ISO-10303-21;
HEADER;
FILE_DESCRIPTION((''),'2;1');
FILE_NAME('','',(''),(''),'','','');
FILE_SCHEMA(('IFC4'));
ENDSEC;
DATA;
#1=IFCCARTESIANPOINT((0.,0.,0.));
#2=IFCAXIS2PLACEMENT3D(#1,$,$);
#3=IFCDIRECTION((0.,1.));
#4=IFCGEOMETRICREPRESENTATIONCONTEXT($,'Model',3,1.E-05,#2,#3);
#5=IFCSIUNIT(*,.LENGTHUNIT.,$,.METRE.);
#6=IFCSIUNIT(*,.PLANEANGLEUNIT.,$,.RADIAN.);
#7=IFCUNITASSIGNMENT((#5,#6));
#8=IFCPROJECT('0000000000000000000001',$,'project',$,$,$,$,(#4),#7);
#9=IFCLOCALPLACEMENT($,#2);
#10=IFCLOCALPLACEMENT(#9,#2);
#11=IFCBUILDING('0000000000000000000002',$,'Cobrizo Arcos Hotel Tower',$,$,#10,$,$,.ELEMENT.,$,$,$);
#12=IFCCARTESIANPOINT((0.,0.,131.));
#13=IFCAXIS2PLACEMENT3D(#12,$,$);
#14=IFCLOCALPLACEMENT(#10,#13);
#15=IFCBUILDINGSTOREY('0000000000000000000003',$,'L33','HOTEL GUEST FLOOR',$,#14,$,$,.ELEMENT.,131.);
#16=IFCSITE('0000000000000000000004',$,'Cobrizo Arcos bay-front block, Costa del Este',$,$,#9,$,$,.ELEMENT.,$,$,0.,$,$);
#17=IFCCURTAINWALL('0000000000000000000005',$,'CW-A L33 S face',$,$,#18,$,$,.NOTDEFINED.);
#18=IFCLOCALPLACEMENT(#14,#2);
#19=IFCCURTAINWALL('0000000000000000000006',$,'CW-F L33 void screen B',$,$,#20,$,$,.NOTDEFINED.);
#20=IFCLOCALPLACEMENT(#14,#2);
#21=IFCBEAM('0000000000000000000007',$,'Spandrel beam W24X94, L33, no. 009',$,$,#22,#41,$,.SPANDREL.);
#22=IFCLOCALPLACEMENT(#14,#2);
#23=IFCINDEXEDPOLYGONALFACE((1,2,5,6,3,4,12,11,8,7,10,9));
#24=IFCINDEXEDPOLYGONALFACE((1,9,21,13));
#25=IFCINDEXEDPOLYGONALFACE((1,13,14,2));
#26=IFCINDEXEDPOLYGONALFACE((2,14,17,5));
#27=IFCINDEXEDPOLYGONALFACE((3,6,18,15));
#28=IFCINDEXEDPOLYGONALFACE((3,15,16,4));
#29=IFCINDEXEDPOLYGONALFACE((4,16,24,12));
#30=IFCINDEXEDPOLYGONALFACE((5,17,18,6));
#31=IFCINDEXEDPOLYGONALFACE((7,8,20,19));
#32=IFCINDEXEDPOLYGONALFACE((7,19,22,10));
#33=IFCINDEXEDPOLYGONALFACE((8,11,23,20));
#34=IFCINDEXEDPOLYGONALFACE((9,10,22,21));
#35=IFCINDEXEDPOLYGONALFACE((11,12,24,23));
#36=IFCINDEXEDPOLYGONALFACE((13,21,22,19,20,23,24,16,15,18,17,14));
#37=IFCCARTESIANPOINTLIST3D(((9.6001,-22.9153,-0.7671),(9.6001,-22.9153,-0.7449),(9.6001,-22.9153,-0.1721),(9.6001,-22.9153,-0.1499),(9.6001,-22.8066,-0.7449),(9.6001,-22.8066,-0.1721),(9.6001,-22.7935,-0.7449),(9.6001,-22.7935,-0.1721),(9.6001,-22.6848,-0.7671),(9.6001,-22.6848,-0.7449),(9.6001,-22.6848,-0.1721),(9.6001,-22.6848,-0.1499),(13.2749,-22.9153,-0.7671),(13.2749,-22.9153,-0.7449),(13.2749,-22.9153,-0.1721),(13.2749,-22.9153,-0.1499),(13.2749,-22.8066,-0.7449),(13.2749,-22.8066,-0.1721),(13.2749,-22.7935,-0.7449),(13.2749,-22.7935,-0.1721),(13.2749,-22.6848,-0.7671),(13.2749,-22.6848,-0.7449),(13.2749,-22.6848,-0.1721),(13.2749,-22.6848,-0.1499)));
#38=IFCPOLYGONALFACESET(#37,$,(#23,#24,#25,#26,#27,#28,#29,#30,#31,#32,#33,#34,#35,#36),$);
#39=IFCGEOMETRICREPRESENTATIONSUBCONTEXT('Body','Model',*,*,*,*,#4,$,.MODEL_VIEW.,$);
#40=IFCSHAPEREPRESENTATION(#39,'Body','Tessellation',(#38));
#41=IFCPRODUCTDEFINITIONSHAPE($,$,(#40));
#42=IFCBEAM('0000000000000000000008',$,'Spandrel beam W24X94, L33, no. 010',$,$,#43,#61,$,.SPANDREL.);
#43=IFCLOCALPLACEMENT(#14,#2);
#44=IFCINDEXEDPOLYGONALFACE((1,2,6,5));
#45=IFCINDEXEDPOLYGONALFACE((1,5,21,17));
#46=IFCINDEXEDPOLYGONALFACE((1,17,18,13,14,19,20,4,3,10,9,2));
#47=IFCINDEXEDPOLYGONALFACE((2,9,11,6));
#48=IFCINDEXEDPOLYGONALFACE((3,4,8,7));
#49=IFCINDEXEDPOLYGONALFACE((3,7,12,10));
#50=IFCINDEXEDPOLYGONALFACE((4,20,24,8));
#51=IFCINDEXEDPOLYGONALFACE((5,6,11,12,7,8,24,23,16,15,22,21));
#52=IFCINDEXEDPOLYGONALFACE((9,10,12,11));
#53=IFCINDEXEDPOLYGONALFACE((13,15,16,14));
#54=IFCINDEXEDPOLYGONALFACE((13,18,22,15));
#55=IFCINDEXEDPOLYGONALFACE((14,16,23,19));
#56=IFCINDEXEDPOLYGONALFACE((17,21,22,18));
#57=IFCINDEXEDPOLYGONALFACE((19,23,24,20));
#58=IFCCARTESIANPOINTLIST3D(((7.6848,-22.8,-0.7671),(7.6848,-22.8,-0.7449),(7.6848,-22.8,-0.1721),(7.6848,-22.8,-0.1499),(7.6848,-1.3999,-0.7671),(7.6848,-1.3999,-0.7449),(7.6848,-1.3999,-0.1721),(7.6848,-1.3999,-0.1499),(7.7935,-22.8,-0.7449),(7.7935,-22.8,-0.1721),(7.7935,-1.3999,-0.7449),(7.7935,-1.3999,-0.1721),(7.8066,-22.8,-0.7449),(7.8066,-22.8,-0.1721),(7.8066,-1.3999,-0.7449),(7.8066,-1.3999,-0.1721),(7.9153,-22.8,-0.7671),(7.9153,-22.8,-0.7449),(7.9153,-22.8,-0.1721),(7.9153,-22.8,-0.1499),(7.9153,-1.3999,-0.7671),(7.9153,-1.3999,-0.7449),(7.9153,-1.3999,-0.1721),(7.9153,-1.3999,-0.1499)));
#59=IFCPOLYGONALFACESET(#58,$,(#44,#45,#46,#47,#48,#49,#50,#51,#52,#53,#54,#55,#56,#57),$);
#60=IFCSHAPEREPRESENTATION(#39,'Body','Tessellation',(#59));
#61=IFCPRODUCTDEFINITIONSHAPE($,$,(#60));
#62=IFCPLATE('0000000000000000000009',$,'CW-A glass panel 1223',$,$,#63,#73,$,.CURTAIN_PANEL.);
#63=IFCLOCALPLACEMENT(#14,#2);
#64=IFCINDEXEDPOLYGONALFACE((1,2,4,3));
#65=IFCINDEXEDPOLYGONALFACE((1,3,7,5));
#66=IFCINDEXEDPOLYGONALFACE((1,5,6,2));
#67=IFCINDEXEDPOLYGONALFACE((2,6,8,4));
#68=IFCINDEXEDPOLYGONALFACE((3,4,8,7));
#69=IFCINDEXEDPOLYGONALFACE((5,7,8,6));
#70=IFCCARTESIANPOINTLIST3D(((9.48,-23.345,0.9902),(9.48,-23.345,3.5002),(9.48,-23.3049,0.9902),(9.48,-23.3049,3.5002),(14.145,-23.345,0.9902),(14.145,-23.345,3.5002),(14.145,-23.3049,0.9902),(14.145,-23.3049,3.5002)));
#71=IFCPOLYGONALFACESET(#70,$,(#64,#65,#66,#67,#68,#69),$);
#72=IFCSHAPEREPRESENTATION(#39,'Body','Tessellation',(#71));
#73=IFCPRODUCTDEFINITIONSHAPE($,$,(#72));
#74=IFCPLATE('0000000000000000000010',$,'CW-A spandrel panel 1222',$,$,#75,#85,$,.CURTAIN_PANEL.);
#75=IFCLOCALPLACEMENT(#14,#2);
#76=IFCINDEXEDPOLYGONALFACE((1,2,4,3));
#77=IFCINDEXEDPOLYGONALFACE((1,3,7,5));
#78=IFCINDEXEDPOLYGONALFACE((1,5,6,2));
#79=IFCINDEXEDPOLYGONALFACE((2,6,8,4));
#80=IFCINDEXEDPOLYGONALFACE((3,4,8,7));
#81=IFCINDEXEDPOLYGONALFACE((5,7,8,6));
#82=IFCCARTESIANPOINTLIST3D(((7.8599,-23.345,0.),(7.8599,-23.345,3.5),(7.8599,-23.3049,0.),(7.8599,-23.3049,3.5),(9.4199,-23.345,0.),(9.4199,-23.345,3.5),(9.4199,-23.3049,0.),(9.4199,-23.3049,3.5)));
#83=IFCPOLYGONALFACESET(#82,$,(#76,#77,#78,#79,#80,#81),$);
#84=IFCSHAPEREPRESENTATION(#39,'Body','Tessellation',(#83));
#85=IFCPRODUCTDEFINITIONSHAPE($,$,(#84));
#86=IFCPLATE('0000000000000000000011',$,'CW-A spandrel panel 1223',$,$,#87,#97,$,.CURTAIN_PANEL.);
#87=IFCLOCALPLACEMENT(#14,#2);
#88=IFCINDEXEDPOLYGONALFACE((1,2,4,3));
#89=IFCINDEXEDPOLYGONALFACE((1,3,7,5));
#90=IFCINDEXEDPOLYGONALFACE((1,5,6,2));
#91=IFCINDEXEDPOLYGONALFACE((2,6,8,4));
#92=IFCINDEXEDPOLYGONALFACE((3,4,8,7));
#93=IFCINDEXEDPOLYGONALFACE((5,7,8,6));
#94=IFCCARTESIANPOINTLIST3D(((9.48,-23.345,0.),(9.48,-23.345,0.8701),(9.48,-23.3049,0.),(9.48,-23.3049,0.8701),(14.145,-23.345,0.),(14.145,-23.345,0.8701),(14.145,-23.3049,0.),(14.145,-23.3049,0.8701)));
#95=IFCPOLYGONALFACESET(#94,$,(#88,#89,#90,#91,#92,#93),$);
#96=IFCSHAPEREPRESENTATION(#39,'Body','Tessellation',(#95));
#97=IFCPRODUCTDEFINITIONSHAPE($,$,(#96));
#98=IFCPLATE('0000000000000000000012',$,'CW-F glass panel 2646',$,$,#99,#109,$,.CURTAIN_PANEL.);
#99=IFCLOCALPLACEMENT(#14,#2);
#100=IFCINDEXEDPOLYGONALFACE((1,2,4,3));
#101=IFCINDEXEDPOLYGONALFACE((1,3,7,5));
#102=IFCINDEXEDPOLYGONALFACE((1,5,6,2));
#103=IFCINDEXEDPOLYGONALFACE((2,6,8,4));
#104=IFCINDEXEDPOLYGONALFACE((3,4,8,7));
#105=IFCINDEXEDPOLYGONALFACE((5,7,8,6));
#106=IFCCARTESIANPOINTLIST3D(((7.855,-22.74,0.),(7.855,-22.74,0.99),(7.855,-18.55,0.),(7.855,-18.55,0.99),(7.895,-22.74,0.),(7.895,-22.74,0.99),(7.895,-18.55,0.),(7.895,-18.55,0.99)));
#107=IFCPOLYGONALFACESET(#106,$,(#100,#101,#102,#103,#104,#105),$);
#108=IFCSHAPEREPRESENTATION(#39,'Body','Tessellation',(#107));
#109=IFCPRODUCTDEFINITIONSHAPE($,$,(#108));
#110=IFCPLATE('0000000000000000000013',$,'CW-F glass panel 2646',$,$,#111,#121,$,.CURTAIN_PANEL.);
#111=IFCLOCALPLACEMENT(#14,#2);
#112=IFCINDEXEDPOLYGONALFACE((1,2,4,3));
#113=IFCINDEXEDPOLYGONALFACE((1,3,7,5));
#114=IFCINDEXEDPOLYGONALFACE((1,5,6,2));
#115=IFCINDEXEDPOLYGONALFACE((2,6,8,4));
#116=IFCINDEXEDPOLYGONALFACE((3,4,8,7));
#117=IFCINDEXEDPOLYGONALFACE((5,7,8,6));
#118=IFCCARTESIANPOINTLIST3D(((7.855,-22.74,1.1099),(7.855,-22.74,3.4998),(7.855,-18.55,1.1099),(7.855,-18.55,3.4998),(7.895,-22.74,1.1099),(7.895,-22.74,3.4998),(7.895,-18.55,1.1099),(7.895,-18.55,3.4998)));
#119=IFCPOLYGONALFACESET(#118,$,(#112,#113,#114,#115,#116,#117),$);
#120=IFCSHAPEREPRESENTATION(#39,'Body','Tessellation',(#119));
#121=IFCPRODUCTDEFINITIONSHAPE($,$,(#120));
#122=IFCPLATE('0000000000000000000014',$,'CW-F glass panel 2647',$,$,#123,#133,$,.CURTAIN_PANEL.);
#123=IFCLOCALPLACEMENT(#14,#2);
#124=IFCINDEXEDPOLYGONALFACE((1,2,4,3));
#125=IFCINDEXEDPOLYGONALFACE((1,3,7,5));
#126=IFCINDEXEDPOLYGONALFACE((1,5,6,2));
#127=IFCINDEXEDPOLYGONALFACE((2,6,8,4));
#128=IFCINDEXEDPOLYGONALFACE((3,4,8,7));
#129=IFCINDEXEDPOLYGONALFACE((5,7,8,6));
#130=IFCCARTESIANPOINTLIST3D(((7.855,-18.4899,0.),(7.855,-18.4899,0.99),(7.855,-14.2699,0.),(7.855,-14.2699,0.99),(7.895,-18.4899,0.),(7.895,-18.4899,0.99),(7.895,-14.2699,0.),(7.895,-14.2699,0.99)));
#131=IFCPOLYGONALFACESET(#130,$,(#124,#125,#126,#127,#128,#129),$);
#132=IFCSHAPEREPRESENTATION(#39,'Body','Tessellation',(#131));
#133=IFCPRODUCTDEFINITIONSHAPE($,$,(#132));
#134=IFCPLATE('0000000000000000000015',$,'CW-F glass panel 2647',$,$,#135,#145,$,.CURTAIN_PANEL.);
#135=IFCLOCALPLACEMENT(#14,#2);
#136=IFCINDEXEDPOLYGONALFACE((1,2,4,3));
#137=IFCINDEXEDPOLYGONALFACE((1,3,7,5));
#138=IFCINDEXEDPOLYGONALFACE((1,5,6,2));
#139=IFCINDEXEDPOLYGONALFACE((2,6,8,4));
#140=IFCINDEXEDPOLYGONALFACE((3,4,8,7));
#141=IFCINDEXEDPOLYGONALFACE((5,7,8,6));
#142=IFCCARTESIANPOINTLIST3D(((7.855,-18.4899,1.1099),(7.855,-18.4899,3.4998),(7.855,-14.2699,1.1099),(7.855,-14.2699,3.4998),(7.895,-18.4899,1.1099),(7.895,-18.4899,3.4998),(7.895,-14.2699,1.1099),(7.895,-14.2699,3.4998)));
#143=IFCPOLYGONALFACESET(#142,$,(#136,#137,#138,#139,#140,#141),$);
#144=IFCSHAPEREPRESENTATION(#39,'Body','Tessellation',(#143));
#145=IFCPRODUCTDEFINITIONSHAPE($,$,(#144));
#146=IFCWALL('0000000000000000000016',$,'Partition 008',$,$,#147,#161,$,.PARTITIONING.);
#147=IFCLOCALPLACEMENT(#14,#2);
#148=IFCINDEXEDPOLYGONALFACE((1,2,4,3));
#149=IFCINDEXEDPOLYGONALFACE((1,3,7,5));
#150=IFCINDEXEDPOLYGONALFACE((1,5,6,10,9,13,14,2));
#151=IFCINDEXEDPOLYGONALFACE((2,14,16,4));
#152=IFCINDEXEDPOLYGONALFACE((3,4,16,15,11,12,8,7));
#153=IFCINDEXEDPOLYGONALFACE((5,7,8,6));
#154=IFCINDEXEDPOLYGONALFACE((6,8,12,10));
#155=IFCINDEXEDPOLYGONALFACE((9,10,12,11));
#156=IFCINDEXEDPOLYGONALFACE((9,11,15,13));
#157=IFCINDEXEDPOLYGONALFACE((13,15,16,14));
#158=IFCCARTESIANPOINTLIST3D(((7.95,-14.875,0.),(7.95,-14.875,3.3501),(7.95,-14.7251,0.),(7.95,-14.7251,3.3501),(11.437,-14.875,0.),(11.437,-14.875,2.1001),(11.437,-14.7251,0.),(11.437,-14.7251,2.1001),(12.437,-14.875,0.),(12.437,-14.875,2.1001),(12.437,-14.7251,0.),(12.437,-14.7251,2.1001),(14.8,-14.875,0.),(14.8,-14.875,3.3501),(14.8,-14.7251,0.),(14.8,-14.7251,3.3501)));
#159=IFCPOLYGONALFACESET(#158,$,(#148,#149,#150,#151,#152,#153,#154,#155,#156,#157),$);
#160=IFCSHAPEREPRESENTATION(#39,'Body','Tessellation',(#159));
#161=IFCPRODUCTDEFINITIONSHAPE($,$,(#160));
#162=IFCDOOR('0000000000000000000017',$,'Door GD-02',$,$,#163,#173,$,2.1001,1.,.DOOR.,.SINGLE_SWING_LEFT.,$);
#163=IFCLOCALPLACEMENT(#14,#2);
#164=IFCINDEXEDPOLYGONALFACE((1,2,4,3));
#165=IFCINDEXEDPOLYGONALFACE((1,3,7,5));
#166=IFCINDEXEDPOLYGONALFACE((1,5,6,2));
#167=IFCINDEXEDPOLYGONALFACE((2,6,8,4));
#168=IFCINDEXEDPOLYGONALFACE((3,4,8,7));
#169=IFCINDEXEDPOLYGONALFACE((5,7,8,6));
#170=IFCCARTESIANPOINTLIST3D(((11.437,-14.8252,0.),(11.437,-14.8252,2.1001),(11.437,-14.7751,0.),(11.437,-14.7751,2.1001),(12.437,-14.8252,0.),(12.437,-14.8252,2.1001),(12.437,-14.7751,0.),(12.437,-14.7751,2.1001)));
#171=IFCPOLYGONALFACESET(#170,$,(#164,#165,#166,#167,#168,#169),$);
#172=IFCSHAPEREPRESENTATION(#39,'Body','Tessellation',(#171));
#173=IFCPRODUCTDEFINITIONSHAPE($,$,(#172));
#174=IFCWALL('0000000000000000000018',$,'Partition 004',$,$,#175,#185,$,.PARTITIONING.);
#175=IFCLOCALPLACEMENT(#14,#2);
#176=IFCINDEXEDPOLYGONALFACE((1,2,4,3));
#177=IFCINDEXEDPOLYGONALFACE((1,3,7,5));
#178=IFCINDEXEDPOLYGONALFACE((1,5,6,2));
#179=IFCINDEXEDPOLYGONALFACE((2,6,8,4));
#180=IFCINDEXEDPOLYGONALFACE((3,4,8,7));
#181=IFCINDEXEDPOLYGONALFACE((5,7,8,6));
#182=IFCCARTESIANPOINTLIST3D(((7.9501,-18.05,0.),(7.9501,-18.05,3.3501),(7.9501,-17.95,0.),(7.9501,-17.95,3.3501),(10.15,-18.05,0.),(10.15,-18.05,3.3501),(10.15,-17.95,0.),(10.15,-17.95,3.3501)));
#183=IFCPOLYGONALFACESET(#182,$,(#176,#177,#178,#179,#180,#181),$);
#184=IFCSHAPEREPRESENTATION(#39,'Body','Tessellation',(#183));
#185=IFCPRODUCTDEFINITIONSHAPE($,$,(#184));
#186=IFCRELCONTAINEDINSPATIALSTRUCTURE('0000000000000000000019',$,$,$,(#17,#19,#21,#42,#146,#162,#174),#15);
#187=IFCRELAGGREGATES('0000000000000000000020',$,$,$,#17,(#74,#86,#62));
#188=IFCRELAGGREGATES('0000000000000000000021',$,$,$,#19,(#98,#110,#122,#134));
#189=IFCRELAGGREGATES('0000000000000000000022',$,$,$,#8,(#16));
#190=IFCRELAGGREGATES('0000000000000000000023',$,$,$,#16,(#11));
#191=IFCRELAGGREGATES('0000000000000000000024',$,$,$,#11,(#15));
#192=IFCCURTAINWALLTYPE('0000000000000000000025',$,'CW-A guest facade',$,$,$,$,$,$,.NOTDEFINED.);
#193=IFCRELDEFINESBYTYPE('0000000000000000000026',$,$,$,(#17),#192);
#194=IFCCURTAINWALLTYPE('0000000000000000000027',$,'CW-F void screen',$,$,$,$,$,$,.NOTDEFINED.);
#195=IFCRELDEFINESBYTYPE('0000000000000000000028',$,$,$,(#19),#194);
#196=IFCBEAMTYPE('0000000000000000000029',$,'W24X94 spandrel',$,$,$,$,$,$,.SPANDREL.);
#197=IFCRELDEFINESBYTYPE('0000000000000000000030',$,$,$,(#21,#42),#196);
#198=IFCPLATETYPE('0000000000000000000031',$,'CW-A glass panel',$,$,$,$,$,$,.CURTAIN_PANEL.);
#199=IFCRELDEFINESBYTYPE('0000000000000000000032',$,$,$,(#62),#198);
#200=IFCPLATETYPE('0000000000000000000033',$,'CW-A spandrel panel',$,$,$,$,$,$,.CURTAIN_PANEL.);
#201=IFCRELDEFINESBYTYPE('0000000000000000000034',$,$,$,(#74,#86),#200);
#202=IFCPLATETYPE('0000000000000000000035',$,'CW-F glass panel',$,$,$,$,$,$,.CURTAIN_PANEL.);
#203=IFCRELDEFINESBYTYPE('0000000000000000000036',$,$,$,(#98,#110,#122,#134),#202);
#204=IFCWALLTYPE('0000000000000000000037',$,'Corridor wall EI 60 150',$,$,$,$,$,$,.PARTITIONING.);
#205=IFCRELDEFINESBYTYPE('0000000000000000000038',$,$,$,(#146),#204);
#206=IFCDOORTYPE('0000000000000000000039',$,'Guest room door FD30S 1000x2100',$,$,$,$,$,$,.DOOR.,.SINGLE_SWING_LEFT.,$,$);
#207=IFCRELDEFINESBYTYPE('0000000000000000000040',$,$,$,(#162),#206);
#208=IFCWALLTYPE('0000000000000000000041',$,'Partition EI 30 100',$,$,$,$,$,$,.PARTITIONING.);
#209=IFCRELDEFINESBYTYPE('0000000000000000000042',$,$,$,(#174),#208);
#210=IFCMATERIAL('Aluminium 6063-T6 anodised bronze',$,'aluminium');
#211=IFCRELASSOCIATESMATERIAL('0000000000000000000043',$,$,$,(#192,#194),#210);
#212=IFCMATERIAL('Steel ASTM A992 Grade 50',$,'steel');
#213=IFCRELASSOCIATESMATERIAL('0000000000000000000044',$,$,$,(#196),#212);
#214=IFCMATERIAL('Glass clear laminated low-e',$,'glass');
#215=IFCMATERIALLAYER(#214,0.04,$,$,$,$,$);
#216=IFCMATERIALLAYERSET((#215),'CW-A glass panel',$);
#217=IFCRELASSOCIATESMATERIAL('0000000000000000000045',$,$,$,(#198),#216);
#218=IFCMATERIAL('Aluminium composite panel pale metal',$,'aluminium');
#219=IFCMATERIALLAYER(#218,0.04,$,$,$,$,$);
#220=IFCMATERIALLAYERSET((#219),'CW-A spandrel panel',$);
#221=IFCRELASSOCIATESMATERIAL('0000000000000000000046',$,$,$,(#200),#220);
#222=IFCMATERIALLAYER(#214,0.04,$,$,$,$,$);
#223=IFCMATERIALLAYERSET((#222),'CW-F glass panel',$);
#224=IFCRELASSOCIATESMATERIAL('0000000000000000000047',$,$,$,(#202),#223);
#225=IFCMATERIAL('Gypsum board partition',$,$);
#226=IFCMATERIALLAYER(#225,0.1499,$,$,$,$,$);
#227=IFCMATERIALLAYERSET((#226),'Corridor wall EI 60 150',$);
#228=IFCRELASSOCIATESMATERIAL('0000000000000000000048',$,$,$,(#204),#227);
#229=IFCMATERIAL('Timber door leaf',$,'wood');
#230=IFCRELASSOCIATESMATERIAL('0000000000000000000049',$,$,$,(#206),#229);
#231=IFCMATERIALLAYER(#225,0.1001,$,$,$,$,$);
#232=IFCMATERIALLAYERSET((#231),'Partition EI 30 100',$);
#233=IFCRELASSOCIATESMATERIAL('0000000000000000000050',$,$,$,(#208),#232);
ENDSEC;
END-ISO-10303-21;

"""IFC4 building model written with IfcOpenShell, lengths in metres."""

from ifc_helpers import new_model, si_unit, direction, frame, frame_2d, origin, origin_2d, place, context, subcontext, project, spatial, rectangle, i_section, extrude, material, layer, layer_set, material_profile, profile_set, type_object, element, fill, aggregate, save


model = new_model("IFC4")

# Units and contexts
model_context = context("Model", 3, precision=1e-05, world=origin(), true_north=direction((0.0, 1.0)))
body_context = subcontext(model_context, "Body", "Model", "MODEL_VIEW")
ifc_project = project(units=[si_unit("LENGTHUNIT", "METRE"), si_unit("PLANEANGLEUNIT", "RADIAN")], contexts=[model_context])

# Site, building, storey
site_placement = place(None, origin())
site = spatial("IfcSite", under=ifc_project, at=site_placement, Name="Cobrizo Arcos bay-front block, Costa del Este", CompositionType="ELEMENT", RefElevation=0.0)
building_placement = place(site_placement, origin())
building = spatial("IfcBuilding", under=site, at=building_placement, Name="Cobrizo Arcos Hotel Tower", CompositionType="ELEMENT")
storey_placement = place(building_placement, frame((0.0, 0.0, 131.0)))
storey = spatial("IfcBuildingStorey", under=building, at=storey_placement, Name="L33", Description="HOTEL GUEST FLOOR", CompositionType="ELEMENT", Elevation=131.0)

# Curtain walls
ifc_material_1 = material(Name="Aluminium 6063-T6 anodised bronze", Category="aluminium")
curtain_wall_type_1 = type_object("IfcCurtainWallType", Name="CW-A guest facade", PredefinedType="NOTDEFINED", material=ifc_material_1)
curtain_wall_1_placement = place(storey_placement, origin())
curtain_wall_1 = element("IfcCurtainWall", 1, at=curtain_wall_1_placement, inside=storey, type_object=curtain_wall_type_1, Name="CW-A L33 S face", PredefinedType="NOTDEFINED")
curtain_wall_type_2 = type_object("IfcCurtainWallType", Name="CW-F void screen", PredefinedType="NOTDEFINED", material=ifc_material_1)
curtain_wall_2_placement = place(storey_placement, origin())
curtain_wall_2 = element("IfcCurtainWall", 2, at=curtain_wall_2_placement, inside=storey, type_object=curtain_wall_type_2, Name="CW-F L33 void screen B", PredefinedType="NOTDEFINED")

# Beams
ifc_material_2 = material(Name="Steel ASTM A992 Grade 50", Category="steel")
ifc_material_profile_1 = material_profile(ifc_material_2, i_section(OverallWidth=0.2305, OverallDepth=0.6172, WebThickness=0.0132, FlangeThickness=0.0222, at=origin_2d()), Name="W24X94")
ifc_profile_set_1 = profile_set([ifc_material_profile_1], Name="Steel ASTM A992 Grade 50")
beam_type_1 = type_object("IfcBeamType", Name="W24X94 spandrel", PredefinedType="SPANDREL", material=ifc_profile_set_1)
beam_1_placement = place(storey_placement, frame((13.2749, -22.8, -0.4585), z_axis=(-1.0, 0.0, 0.0), x_axis=(0.0, -1.0, 0.0)))
element("IfcBeam", 3, at=beam_1_placement, inside=storey, type_object=beam_type_1, Name="Spandrel beam W24X94, L33, no. 009", PredefinedType="SPANDREL", context=body_context, shape_type="SweptSolid", body=[
    extrude(i_section(OverallWidth=0.2305, OverallDepth=0.6172, WebThickness=0.0132, FlangeThickness=0.0222, at=origin_2d()), origin(), (0.0, 0.0, 1.0), 3.6748),
])
beam_2_placement = place(storey_placement, frame((7.8, -22.8, -0.4585), z_axis=(0.0, 1.0, 0.0), x_axis=(-1.0, 0.0, 0.0)))
element("IfcBeam", 4, at=beam_2_placement, inside=storey, type_object=beam_type_1, Name="Spandrel beam W24X94, L33, no. 010", PredefinedType="SPANDREL", context=body_context, shape_type="SweptSolid", body=[
    extrude(i_section(OverallWidth=0.2305, OverallDepth=0.6172, WebThickness=0.0132, FlangeThickness=0.0222, at=origin_2d()), origin(), (0.0, 0.0, 1.0), 21.4001),
])

# Plates
ifc_material_3 = material(Name="Glass clear laminated low-e", Category="glass")
ifc_layer_1 = layer(ifc_material_3, 0.04)
ifc_layer_set_1 = layer_set([ifc_layer_1], Name="CW-A glass panel")
plate_type_1 = type_object("IfcPlateType", Name="CW-A glass panel", PredefinedType="CURTAIN_PANEL", material=ifc_layer_set_1)
plate_1_placement = place(storey_placement, frame((11.8125, -23.325, 0.9902), z_axis=(0.0, 0.0, 1.0), x_axis=(1.0, 0.0, 0.0)))
plate_1 = element("IfcPlate", 5, at=plate_1_placement, type_object=plate_type_1, Name="CW-A glass panel 1223", PredefinedType="CURTAIN_PANEL", context=body_context, shape_type="SweptSolid", body=[
    extrude(rectangle(XDim=4.665, YDim=0.04, at=origin_2d()), origin(), (0.0, 0.0, 1.0), 2.51),
])
ifc_material_4 = material(Name="Aluminium composite panel pale metal", Category="aluminium")
ifc_layer_2 = layer(ifc_material_4, 0.04)
ifc_layer_set_2 = layer_set([ifc_layer_2], Name="CW-A spandrel panel")
plate_type_2 = type_object("IfcPlateType", Name="CW-A spandrel panel", PredefinedType="CURTAIN_PANEL", material=ifc_layer_set_2)
plate_2_placement = place(storey_placement, frame((8.6399, -23.325, 0.0), z_axis=(0.0, 0.0, 1.0), x_axis=(1.0, 0.0, 0.0)))
plate_2 = element("IfcPlate", 6, at=plate_2_placement, type_object=plate_type_2, Name="CW-A spandrel panel 1222", PredefinedType="CURTAIN_PANEL", context=body_context, shape_type="SweptSolid", body=[
    extrude(rectangle(XDim=1.5601, YDim=0.04, at=origin_2d()), origin(), (0.0, 0.0, 1.0), 3.5),
])
plate_3_placement = place(storey_placement, frame((11.8125, -23.325, 0.0), z_axis=(0.0, 0.0, 1.0), x_axis=(1.0, 0.0, 0.0)))
plate_3 = element("IfcPlate", 7, at=plate_3_placement, type_object=plate_type_2, Name="CW-A spandrel panel 1223", PredefinedType="CURTAIN_PANEL", context=body_context, shape_type="SweptSolid", body=[
    extrude(rectangle(XDim=4.665, YDim=0.04, at=origin_2d()), origin(), (0.0, 0.0, 1.0), 0.8701),
])
aggregate(curtain_wall_1, [plate_2, plate_3, plate_1])
ifc_layer_3 = layer(ifc_material_3, 0.04)
ifc_layer_set_3 = layer_set([ifc_layer_3], Name="CW-F glass panel")
plate_type_3 = type_object("IfcPlateType", Name="CW-F glass panel", PredefinedType="CURTAIN_PANEL", material=ifc_layer_set_3)
plate_4_placement = place(storey_placement, frame((7.875, -20.645, 0.0), z_axis=(0.0, 0.0, 1.0), x_axis=(0.0, 1.0, 0.0)))
plate_4 = element("IfcPlate", 8, at=plate_4_placement, type_object=plate_type_3, Name="CW-F glass panel 2646", PredefinedType="CURTAIN_PANEL", context=body_context, shape_type="SweptSolid", body=[
    extrude(rectangle(XDim=4.1899, YDim=0.04, at=origin_2d()), origin(), (0.0, 0.0, 1.0), 0.99),
])
plate_5_placement = place(storey_placement, frame((7.875, -20.645, 1.1099), z_axis=(0.0, 0.0, 1.0), x_axis=(0.0, 1.0, 0.0)))
plate_5 = element("IfcPlate", 9, at=plate_5_placement, type_object=plate_type_3, Name="CW-F glass panel 2646", PredefinedType="CURTAIN_PANEL", context=body_context, shape_type="SweptSolid", body=[
    extrude(rectangle(XDim=4.1899, YDim=0.04, at=origin_2d()), origin(), (0.0, 0.0, 1.0), 2.3899),
])
plate_6_placement = place(storey_placement, frame((7.875, -16.3799, 0.0), z_axis=(0.0, 0.0, 1.0), x_axis=(0.0, 1.0, 0.0)))
plate_6 = element("IfcPlate", 10, at=plate_6_placement, type_object=plate_type_3, Name="CW-F glass panel 2647", PredefinedType="CURTAIN_PANEL", context=body_context, shape_type="SweptSolid", body=[
    extrude(rectangle(XDim=4.22, YDim=0.04, at=origin_2d()), origin(), (0.0, 0.0, 1.0), 0.99),
])
plate_7_placement = place(storey_placement, frame((7.875, -16.3799, 1.1099), z_axis=(0.0, 0.0, 1.0), x_axis=(0.0, 1.0, 0.0)))
plate_7 = element("IfcPlate", 11, at=plate_7_placement, type_object=plate_type_3, Name="CW-F glass panel 2647", PredefinedType="CURTAIN_PANEL", context=body_context, shape_type="SweptSolid", body=[
    extrude(rectangle(XDim=4.22, YDim=0.04, at=origin_2d()), origin(), (0.0, 0.0, 1.0), 2.3899),
])
aggregate(curtain_wall_2, [plate_4, plate_5, plate_6, plate_7])

# Wall, opening, door
ifc_material_5 = material(Name="Gypsum board partition")
ifc_layer_4 = layer(ifc_material_5, 0.1499)
ifc_layer_set_4 = layer_set([ifc_layer_4], Name="Corridor wall EI 60 150")
wall_type_1 = type_object("IfcWallType", Name="Corridor wall EI 60 150", PredefinedType="PARTITIONING", material=ifc_layer_set_4)
wall_1_placement = place(storey_placement, frame((7.95, -14.8, 0.0), z_axis=(0.0, 0.0, 1.0), x_axis=(1.0, 0.0, 0.0)))
wall_1 = element("IfcWall", 12, at=wall_1_placement, inside=storey, type_object=wall_type_1, Name="Partition 008", PredefinedType="PARTITIONING", context=body_context, shape_type="SweptSolid", body=[
    extrude(rectangle(XDim=6.8501, YDim=0.1499, at=frame_2d((3.425, 0.0))), origin(), (0.0, 0.0, 1.0), 3.3501),
])
opening_1_placement = place(wall_1_placement, frame((3.4871, 0.0, 0.0)))
opening_1 = element("IfcOpeningElement", 13, at=opening_1_placement, cuts=wall_1, PredefinedType="OPENING", context=body_context, shape_type="SweptSolid", body=[
    extrude(rectangle(XDim=1.0, YDim=2.1001, at=frame_2d((0.5, 1.05))), frame((0.0, 0.0869, 0.0), z_axis=(0.0, -1.0, 0.0), x_axis=(1.0, 0.0, 0.0)), (0.0, 0.0, 1.0), 0.1738),
])
ifc_material_6 = material(Name="Timber door leaf", Category="wood")
door_type_1 = type_object("IfcDoorType", Name="Guest room door FD30S 1000x2100", OperationType="SINGLE_SWING_LEFT", PredefinedType="DOOR", material=ifc_material_6)
door_1_placement = place(opening_1_placement, origin())
door_1 = element("IfcDoor", 14, at=door_1_placement, inside=storey, type_object=door_type_1, Name="Door GD-02", OperationType="SINGLE_SWING_LEFT", OverallHeight=2.1001, OverallWidth=1.0, PredefinedType="DOOR", context=body_context, shape_type="SweptSolid", body=[
    extrude(rectangle(XDim=1.0, YDim=2.1001, at=frame_2d((0.5, 1.05))), frame((0.0, 0.0249, 0.0), z_axis=(0.0, -1.0, 0.0), x_axis=(1.0, 0.0, 0.0)), (0.0, 0.0, 1.0), 0.05),
])
fill(opening_1, door_1)

# Wall
ifc_layer_5 = layer(ifc_material_5, 0.1001)
ifc_layer_set_5 = layer_set([ifc_layer_5], Name="Partition EI 30 100")
wall_type_2 = type_object("IfcWallType", Name="Partition EI 30 100", PredefinedType="PARTITIONING", material=ifc_layer_set_5)
wall_2_placement = place(storey_placement, frame((7.95, -18.0, 0.0), z_axis=(0.0, 0.0, 1.0), x_axis=(1.0, 0.0, 0.0)))
element("IfcWall", 15, at=wall_2_placement, inside=storey, type_object=wall_type_2, Name="Partition 004", PredefinedType="PARTITIONING", context=body_context, shape_type="SweptSolid", body=[
    extrude(rectangle(XDim=2.2, YDim=0.1001, at=frame_2d((1.1001, 0.0))), origin(), (0.0, 0.0, 1.0), 3.3501),
])

save(model, "model.ifc")
